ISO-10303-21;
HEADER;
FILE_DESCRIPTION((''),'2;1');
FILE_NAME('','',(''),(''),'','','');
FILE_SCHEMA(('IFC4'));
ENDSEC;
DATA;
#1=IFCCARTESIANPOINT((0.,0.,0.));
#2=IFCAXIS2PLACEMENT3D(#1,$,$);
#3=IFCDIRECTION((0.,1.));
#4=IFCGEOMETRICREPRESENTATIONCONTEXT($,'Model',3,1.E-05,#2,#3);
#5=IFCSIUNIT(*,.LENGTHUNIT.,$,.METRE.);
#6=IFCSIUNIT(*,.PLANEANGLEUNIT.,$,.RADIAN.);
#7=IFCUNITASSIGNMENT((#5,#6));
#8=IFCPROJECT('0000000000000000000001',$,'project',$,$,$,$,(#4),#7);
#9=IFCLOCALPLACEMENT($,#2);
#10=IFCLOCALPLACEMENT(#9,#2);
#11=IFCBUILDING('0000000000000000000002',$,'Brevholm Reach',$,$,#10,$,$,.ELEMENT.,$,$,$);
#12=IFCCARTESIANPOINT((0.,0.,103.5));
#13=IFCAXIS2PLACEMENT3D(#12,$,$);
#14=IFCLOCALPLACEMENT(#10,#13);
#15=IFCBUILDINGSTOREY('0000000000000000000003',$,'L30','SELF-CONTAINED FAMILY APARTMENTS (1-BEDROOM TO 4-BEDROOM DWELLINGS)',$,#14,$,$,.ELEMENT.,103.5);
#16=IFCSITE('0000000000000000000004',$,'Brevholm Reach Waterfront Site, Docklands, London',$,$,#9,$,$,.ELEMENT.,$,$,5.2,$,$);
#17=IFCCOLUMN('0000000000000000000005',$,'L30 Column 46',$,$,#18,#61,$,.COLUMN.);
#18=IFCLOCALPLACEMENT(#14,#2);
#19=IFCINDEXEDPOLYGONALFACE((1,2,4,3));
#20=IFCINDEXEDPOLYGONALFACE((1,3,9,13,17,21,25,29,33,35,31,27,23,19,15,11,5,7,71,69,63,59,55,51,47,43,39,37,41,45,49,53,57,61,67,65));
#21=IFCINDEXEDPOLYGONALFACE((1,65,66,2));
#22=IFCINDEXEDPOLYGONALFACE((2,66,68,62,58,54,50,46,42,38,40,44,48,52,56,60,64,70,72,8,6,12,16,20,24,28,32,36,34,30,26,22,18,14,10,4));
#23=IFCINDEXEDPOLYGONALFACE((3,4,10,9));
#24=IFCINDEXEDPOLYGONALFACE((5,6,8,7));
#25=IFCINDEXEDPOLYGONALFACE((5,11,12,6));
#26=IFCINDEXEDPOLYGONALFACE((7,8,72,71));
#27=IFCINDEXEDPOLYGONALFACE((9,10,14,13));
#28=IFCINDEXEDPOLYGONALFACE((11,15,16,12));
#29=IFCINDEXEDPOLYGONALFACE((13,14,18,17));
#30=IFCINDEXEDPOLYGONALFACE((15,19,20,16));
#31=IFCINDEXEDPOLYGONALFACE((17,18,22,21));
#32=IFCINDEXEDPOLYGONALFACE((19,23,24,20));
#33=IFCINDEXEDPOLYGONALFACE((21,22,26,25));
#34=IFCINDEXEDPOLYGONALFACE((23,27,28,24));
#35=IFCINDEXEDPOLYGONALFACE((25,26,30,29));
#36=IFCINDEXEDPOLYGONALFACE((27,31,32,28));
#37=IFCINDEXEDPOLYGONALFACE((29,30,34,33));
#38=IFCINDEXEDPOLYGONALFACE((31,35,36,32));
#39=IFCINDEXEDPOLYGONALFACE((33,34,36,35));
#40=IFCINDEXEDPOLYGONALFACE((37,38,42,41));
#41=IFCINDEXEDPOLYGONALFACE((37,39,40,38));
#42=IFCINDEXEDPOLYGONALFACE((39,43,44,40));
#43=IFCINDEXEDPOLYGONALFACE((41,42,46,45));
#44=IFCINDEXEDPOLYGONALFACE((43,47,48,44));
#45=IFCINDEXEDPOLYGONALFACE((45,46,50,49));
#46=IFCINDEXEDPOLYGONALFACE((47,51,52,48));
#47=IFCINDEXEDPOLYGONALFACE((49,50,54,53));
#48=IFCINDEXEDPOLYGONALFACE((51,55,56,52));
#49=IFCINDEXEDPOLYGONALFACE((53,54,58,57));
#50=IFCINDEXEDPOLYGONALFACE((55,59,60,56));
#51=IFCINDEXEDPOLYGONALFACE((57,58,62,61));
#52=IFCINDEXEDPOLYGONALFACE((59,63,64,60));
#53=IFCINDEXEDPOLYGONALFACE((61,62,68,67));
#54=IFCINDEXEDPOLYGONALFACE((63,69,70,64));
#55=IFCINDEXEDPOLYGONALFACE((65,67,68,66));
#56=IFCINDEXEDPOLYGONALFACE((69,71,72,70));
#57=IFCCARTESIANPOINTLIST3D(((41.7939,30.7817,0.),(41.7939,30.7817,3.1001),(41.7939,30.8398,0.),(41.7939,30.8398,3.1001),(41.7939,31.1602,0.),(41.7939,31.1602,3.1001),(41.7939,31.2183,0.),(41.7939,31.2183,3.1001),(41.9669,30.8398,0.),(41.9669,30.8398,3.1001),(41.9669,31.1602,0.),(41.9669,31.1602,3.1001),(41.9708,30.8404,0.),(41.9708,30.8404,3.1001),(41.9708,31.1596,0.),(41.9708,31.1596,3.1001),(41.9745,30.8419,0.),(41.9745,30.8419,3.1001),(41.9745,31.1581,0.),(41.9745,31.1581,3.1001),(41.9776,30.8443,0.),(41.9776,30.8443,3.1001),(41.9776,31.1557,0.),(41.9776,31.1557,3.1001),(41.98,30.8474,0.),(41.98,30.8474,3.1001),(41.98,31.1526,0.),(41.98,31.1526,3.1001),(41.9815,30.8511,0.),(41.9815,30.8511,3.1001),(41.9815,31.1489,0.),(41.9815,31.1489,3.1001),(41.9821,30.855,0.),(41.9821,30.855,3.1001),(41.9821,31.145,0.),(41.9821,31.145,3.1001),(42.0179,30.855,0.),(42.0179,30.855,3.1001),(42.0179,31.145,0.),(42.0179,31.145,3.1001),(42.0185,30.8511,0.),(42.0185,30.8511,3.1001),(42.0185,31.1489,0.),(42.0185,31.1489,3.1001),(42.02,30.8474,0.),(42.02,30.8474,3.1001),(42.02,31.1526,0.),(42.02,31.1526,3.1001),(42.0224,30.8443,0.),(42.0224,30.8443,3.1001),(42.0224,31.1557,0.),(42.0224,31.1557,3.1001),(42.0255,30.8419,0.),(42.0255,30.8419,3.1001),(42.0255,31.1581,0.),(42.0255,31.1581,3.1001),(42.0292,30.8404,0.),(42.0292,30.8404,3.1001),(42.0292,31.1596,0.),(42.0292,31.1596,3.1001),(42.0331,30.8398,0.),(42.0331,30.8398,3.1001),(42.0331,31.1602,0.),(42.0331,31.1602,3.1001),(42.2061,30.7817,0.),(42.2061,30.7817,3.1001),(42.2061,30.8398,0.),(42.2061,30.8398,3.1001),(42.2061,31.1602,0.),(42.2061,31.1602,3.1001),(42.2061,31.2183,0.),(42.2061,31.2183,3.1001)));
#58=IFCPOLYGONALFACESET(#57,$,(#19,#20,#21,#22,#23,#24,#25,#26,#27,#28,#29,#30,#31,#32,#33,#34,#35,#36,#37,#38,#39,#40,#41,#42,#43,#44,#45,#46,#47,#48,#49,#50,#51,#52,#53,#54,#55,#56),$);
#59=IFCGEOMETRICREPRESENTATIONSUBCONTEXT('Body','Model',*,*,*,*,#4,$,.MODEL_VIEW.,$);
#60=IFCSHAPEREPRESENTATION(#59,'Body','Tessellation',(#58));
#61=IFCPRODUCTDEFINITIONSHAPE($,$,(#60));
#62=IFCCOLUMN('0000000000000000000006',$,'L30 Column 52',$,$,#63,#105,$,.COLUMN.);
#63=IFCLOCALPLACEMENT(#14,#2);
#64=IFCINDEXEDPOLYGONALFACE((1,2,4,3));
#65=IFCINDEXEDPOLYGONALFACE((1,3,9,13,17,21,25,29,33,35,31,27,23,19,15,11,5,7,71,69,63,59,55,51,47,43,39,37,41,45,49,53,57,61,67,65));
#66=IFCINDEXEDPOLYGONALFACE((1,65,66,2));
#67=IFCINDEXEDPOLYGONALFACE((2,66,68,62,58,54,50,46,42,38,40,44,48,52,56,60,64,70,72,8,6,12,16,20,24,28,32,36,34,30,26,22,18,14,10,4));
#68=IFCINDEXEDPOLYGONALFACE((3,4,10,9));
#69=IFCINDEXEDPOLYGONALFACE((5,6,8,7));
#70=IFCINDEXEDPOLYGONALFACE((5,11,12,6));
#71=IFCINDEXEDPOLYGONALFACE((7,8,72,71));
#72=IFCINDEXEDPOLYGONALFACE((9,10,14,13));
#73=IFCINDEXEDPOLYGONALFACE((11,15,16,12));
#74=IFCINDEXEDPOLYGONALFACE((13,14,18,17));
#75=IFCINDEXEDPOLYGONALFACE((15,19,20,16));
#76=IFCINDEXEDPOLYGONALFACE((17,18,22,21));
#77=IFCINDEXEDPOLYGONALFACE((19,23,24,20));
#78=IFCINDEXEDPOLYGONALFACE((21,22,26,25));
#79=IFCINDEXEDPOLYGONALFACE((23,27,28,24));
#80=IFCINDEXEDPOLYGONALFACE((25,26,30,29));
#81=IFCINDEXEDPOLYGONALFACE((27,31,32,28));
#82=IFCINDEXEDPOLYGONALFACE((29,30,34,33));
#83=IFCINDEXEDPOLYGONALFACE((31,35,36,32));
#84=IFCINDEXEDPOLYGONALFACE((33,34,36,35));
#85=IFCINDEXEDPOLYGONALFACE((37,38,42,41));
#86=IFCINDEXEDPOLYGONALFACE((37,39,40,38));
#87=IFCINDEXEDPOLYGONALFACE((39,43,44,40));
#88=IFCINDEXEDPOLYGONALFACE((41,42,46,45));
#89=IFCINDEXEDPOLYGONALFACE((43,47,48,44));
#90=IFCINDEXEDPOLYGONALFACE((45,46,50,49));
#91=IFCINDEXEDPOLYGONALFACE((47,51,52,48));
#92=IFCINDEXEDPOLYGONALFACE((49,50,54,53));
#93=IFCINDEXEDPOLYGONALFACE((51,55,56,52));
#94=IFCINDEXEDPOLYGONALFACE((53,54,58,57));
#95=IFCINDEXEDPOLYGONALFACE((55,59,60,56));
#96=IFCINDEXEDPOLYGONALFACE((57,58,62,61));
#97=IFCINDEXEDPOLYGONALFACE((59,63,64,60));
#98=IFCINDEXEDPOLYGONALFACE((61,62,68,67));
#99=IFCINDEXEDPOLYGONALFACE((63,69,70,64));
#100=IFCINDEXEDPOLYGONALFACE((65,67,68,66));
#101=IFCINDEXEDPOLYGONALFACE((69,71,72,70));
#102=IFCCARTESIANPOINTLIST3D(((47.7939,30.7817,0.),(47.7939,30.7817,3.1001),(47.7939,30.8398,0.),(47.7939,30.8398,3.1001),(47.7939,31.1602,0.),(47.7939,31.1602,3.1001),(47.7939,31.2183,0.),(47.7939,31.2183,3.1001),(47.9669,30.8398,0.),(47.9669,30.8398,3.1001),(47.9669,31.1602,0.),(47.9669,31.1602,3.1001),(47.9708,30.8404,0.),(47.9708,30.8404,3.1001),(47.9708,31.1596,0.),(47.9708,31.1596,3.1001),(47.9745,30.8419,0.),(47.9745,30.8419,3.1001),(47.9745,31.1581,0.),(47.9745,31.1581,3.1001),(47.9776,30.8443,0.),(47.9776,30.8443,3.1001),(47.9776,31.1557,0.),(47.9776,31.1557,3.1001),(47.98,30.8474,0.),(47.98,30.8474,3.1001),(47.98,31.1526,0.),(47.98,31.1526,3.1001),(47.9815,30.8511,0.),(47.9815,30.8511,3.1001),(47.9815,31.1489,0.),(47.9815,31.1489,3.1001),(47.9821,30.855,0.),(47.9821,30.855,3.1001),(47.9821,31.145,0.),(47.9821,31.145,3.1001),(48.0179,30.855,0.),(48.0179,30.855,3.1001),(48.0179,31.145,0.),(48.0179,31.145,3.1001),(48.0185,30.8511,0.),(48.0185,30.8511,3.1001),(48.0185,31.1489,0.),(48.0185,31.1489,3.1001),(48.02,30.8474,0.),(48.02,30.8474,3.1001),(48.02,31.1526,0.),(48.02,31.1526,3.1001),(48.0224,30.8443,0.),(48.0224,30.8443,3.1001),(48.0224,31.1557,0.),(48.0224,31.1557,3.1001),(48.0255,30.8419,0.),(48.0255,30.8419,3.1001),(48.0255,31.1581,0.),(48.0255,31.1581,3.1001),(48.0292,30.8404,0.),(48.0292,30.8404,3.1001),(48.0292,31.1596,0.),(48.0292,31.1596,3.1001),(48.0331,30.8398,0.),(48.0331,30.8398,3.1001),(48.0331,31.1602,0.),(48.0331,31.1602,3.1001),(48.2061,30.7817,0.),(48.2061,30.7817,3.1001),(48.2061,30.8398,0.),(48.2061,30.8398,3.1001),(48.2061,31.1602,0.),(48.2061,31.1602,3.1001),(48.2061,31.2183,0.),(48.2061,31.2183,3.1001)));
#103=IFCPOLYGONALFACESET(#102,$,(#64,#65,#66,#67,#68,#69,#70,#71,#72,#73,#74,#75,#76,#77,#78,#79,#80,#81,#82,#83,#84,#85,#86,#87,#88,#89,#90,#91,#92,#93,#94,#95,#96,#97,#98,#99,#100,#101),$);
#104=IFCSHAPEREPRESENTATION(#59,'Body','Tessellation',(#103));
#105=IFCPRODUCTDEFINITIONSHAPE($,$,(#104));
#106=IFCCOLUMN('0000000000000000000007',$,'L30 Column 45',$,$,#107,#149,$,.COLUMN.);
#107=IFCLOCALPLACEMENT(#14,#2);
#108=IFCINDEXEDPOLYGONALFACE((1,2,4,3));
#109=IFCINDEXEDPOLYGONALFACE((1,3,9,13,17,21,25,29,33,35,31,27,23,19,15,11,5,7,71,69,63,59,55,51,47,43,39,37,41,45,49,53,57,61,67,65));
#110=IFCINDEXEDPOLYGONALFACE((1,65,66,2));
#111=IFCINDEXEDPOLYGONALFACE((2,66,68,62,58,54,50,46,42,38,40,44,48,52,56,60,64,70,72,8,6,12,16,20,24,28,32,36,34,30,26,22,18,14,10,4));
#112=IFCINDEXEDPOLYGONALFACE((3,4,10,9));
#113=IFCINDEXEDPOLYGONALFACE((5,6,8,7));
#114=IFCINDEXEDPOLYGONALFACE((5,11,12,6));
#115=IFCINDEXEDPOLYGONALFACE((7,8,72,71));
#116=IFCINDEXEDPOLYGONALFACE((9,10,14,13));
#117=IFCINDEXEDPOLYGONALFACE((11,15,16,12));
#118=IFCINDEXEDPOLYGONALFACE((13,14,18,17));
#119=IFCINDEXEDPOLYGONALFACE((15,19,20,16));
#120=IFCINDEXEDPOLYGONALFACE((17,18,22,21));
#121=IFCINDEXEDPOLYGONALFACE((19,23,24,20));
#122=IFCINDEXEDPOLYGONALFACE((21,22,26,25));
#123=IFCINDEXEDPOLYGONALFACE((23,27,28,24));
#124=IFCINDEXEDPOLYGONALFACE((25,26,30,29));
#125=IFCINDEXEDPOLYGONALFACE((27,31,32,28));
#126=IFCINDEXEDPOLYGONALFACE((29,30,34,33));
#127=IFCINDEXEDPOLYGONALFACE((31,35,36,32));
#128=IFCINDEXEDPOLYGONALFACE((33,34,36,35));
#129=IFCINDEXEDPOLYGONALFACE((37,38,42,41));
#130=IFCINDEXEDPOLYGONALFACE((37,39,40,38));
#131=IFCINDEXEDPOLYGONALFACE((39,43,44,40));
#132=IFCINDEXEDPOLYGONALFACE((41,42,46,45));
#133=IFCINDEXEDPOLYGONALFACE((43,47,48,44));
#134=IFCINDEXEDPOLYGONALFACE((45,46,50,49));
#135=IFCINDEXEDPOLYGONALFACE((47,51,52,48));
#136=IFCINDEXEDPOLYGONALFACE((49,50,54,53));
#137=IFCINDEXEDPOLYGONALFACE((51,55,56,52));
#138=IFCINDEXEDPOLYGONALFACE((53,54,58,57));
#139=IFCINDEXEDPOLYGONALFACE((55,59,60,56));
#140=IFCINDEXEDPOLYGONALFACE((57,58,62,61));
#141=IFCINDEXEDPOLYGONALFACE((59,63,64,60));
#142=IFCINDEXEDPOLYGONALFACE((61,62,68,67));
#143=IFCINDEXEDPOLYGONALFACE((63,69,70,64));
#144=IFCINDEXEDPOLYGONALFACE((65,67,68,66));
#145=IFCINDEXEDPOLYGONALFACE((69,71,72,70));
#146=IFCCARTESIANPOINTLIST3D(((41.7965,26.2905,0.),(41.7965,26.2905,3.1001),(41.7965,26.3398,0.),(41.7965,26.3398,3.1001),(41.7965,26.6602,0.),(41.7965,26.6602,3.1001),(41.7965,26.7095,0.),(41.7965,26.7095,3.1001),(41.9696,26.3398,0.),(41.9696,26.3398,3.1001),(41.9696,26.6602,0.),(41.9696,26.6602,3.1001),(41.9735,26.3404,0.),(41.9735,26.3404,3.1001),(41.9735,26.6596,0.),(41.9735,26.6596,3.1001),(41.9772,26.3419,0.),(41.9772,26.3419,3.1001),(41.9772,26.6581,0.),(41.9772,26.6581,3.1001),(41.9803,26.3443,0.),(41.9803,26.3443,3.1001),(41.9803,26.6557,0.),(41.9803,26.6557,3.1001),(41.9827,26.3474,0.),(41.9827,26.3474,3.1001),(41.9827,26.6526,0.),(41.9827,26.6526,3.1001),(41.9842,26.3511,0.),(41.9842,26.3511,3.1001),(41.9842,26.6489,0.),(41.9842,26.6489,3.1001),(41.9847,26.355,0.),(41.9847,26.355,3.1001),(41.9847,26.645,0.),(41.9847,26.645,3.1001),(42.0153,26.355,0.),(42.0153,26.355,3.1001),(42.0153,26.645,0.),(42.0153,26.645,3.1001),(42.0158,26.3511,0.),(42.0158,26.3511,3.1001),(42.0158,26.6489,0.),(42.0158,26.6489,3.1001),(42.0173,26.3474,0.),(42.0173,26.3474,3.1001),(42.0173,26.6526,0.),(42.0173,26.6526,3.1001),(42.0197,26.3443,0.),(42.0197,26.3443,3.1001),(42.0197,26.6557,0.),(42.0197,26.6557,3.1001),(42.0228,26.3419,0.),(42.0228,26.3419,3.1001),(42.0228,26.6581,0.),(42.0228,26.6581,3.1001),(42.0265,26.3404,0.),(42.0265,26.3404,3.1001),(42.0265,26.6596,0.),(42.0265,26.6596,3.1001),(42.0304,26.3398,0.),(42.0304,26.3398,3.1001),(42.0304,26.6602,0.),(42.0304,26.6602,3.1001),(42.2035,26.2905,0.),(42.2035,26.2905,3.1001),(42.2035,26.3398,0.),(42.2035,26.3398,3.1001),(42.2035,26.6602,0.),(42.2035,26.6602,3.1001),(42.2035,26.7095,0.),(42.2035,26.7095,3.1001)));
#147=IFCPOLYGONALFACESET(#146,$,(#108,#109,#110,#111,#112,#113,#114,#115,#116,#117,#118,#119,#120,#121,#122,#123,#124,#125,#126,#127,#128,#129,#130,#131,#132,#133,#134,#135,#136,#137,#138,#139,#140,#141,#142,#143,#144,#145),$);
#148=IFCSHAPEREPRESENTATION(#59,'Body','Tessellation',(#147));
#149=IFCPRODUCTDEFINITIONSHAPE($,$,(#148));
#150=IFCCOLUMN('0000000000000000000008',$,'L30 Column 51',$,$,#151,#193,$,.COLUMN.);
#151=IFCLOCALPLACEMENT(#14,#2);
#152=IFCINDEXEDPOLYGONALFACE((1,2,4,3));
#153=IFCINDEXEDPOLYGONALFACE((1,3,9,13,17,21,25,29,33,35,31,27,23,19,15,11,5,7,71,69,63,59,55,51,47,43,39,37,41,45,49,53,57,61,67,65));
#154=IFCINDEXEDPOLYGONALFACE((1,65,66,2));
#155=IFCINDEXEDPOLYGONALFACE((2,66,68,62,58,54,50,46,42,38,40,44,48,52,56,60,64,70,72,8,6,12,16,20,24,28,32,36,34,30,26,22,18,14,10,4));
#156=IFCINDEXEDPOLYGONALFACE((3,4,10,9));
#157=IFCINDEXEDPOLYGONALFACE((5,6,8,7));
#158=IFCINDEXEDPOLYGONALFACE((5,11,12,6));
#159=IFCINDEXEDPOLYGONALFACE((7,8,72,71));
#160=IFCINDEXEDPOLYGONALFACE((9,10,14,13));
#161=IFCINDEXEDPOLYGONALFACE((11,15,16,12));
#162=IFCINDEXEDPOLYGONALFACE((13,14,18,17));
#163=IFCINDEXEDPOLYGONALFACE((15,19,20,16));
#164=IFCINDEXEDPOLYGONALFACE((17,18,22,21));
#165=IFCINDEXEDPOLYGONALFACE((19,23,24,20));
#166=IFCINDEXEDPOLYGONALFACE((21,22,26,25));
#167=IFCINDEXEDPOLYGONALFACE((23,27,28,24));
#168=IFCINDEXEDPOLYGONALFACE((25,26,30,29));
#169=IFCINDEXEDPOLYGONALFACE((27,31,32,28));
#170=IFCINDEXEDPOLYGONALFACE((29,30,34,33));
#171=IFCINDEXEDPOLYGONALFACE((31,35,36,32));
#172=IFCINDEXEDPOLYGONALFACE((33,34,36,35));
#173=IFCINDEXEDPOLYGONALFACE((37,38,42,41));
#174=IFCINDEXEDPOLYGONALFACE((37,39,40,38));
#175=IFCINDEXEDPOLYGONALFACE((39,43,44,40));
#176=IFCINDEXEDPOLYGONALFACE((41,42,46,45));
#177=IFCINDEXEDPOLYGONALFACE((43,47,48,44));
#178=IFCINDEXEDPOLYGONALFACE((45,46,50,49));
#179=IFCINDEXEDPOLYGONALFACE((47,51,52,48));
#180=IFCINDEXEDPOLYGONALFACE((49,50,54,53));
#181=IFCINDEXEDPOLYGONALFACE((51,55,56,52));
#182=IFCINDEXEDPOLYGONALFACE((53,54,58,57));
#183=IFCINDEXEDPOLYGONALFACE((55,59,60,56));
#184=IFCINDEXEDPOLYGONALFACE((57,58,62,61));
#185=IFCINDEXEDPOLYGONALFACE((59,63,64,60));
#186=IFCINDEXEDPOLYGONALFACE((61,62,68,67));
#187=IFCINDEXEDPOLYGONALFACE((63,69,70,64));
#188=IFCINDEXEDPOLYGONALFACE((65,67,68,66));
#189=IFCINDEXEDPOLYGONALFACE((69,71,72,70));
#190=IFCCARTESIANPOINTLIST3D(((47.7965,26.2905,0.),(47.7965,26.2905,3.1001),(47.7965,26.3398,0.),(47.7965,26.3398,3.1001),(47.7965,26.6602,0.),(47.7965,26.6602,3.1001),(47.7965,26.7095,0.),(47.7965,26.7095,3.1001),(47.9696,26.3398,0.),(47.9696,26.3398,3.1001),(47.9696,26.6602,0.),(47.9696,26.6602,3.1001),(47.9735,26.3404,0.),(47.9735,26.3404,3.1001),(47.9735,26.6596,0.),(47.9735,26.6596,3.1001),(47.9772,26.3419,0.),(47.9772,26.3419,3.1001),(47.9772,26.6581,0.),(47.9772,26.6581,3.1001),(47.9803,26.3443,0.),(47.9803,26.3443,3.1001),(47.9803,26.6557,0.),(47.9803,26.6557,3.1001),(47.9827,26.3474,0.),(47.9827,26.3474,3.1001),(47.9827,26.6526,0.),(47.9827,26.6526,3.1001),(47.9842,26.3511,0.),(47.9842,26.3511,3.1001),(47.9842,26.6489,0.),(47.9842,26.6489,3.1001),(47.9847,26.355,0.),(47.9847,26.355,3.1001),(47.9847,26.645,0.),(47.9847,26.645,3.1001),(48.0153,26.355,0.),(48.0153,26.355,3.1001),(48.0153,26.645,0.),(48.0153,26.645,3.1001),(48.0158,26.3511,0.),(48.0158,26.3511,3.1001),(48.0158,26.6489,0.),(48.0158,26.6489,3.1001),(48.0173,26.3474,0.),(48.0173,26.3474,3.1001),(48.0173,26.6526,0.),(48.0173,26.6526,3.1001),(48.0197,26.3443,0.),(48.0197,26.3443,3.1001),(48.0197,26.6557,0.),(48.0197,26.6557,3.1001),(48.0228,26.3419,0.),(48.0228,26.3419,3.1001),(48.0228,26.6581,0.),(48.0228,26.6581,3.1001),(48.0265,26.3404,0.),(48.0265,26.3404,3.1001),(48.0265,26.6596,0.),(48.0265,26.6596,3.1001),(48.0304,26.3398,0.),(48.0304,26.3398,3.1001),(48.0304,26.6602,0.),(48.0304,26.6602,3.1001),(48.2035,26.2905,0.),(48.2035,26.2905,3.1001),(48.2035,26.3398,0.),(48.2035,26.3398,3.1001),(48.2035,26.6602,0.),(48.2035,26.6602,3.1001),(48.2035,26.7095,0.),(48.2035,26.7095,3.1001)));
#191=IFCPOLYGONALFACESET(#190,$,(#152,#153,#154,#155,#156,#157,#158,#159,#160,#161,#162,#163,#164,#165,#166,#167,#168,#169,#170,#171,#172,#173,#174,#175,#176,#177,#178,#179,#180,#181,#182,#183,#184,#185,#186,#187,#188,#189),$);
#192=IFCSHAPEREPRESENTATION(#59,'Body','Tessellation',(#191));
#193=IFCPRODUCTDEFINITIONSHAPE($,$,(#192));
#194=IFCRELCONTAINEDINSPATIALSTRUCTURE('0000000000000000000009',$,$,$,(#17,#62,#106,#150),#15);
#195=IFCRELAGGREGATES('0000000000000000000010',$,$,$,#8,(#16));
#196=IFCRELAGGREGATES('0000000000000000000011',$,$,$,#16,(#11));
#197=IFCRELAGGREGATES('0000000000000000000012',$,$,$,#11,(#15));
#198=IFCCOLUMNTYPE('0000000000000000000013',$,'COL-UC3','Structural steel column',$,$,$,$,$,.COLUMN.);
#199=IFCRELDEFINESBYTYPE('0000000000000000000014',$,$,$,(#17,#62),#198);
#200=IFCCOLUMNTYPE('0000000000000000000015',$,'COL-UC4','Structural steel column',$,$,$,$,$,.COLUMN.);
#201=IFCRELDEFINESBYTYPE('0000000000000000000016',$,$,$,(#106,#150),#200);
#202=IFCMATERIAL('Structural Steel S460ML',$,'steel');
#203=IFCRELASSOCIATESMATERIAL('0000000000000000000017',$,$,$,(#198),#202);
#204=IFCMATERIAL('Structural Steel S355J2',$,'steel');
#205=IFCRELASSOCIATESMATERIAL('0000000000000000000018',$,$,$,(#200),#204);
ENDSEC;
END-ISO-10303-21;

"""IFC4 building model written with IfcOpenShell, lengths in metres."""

from ifc_helpers import new_model, si_unit, direction, frame, origin, origin_2d, place, context, subcontext, project, spatial, i_section, extrude, material, material_profile, profile_set, type_object, element, save


model = new_model("IFC4")

# Units and contexts
model_context = context("Model", 3, precision=1e-05, world=origin(), true_north=direction((0.0, 1.0)))
body_context = subcontext(model_context, "Body", "Model", "MODEL_VIEW")
ifc_project = project(units=[si_unit("LENGTHUNIT", "METRE"), si_unit("PLANEANGLEUNIT", "RADIAN")], contexts=[model_context])

# Site, building, storey
site_placement = place(None, origin())
site = spatial("IfcSite", under=ifc_project, at=site_placement, Name="Brevholm Reach Waterfront Site, Docklands, London", CompositionType="ELEMENT", RefElevation=5.2)
building_placement = place(site_placement, origin())
building = spatial("IfcBuilding", under=site, at=building_placement, Name="Brevholm Reach", CompositionType="ELEMENT")
storey_placement = place(building_placement, frame((0.0, 0.0, 103.5)))
storey = spatial("IfcBuildingStorey", under=building, at=storey_placement, Name="L30", Description="SELF-CONTAINED FAMILY APARTMENTS (1-BEDROOM TO 4-BEDROOM DWELLINGS)", CompositionType="ELEMENT", Elevation=103.5)

# Columns
ifc_material_1 = material(Name="Structural Steel S460ML", Category="steel")
ifc_material_profile_1 = material_profile(ifc_material_1, i_section(OverallWidth=0.4121, OverallDepth=0.4365, WebThickness=0.0359, FlangeThickness=0.0581, FilletRadius=0.0151, at=origin_2d()), Name="UKC 356x406x467")
ifc_profile_set_1 = profile_set([ifc_material_profile_1], Name="Structural Steel S460ML")
column_type_1 = type_object("IfcColumnType", Name="COL-UC3", Description="Structural steel column", PredefinedType="COLUMN", material=ifc_profile_set_1)
for number, where, z_axis, x_axis, name in (
    (1, (42.0, 31.0, 0.0), (0.0, 0.0, 1.0), (1.0, 0.0, 0.0), "L30 Column 46"),
    (2, (48.0, 31.0, 0.0), (0.0, 0.0, 1.0), (1.0, 0.0, 0.0), "L30 Column 52"),
):
    element("IfcColumn", number, at=place(storey_placement, frame(where, z_axis=z_axis, x_axis=x_axis)), inside=storey, type_object=column_type_1, Name=name, PredefinedType="COLUMN", context=body_context, shape_type="SweptSolid", body=[
        extrude(i_section(OverallWidth=0.4121, OverallDepth=0.4365, WebThickness=0.0359, FlangeThickness=0.0581, FilletRadius=0.0151, at=origin_2d()), origin(), (0.0, 0.0, 1.0), 3.1001),
    ])
ifc_material_2 = material(Name="Structural Steel S355J2", Category="steel")
ifc_material_profile_2 = material_profile(ifc_material_2, i_section(OverallWidth=0.407, OverallDepth=0.4189, WebThickness=0.0305, FlangeThickness=0.0493, FilletRadius=0.0151, at=origin_2d()), Name="UKC 356x406x393")
ifc_profile_set_2 = profile_set([ifc_material_profile_2], Name="Structural Steel S355J2")
column_type_2 = type_object("IfcColumnType", Name="COL-UC4", Description="Structural steel column", PredefinedType="COLUMN", material=ifc_profile_set_2)
for number, where, z_axis, x_axis, name in (
    (3, (42.0, 26.5, 0.0), (0.0, 0.0, 1.0), (1.0, 0.0, 0.0), "L30 Column 45"),
    (4, (48.0, 26.5, 0.0), (0.0, 0.0, 1.0), (1.0, 0.0, 0.0), "L30 Column 51"),
):
    element("IfcColumn", number, at=place(storey_placement, frame(where, z_axis=z_axis, x_axis=x_axis)), inside=storey, type_object=column_type_2, Name=name, PredefinedType="COLUMN", context=body_context, shape_type="SweptSolid", body=[
        extrude(i_section(OverallWidth=0.407, OverallDepth=0.4189, WebThickness=0.0305, FlangeThickness=0.0493, FilletRadius=0.0151, at=origin_2d()), origin(), (0.0, 0.0, 1.0), 3.1001),
    ])

save(model, "model.ifc")
